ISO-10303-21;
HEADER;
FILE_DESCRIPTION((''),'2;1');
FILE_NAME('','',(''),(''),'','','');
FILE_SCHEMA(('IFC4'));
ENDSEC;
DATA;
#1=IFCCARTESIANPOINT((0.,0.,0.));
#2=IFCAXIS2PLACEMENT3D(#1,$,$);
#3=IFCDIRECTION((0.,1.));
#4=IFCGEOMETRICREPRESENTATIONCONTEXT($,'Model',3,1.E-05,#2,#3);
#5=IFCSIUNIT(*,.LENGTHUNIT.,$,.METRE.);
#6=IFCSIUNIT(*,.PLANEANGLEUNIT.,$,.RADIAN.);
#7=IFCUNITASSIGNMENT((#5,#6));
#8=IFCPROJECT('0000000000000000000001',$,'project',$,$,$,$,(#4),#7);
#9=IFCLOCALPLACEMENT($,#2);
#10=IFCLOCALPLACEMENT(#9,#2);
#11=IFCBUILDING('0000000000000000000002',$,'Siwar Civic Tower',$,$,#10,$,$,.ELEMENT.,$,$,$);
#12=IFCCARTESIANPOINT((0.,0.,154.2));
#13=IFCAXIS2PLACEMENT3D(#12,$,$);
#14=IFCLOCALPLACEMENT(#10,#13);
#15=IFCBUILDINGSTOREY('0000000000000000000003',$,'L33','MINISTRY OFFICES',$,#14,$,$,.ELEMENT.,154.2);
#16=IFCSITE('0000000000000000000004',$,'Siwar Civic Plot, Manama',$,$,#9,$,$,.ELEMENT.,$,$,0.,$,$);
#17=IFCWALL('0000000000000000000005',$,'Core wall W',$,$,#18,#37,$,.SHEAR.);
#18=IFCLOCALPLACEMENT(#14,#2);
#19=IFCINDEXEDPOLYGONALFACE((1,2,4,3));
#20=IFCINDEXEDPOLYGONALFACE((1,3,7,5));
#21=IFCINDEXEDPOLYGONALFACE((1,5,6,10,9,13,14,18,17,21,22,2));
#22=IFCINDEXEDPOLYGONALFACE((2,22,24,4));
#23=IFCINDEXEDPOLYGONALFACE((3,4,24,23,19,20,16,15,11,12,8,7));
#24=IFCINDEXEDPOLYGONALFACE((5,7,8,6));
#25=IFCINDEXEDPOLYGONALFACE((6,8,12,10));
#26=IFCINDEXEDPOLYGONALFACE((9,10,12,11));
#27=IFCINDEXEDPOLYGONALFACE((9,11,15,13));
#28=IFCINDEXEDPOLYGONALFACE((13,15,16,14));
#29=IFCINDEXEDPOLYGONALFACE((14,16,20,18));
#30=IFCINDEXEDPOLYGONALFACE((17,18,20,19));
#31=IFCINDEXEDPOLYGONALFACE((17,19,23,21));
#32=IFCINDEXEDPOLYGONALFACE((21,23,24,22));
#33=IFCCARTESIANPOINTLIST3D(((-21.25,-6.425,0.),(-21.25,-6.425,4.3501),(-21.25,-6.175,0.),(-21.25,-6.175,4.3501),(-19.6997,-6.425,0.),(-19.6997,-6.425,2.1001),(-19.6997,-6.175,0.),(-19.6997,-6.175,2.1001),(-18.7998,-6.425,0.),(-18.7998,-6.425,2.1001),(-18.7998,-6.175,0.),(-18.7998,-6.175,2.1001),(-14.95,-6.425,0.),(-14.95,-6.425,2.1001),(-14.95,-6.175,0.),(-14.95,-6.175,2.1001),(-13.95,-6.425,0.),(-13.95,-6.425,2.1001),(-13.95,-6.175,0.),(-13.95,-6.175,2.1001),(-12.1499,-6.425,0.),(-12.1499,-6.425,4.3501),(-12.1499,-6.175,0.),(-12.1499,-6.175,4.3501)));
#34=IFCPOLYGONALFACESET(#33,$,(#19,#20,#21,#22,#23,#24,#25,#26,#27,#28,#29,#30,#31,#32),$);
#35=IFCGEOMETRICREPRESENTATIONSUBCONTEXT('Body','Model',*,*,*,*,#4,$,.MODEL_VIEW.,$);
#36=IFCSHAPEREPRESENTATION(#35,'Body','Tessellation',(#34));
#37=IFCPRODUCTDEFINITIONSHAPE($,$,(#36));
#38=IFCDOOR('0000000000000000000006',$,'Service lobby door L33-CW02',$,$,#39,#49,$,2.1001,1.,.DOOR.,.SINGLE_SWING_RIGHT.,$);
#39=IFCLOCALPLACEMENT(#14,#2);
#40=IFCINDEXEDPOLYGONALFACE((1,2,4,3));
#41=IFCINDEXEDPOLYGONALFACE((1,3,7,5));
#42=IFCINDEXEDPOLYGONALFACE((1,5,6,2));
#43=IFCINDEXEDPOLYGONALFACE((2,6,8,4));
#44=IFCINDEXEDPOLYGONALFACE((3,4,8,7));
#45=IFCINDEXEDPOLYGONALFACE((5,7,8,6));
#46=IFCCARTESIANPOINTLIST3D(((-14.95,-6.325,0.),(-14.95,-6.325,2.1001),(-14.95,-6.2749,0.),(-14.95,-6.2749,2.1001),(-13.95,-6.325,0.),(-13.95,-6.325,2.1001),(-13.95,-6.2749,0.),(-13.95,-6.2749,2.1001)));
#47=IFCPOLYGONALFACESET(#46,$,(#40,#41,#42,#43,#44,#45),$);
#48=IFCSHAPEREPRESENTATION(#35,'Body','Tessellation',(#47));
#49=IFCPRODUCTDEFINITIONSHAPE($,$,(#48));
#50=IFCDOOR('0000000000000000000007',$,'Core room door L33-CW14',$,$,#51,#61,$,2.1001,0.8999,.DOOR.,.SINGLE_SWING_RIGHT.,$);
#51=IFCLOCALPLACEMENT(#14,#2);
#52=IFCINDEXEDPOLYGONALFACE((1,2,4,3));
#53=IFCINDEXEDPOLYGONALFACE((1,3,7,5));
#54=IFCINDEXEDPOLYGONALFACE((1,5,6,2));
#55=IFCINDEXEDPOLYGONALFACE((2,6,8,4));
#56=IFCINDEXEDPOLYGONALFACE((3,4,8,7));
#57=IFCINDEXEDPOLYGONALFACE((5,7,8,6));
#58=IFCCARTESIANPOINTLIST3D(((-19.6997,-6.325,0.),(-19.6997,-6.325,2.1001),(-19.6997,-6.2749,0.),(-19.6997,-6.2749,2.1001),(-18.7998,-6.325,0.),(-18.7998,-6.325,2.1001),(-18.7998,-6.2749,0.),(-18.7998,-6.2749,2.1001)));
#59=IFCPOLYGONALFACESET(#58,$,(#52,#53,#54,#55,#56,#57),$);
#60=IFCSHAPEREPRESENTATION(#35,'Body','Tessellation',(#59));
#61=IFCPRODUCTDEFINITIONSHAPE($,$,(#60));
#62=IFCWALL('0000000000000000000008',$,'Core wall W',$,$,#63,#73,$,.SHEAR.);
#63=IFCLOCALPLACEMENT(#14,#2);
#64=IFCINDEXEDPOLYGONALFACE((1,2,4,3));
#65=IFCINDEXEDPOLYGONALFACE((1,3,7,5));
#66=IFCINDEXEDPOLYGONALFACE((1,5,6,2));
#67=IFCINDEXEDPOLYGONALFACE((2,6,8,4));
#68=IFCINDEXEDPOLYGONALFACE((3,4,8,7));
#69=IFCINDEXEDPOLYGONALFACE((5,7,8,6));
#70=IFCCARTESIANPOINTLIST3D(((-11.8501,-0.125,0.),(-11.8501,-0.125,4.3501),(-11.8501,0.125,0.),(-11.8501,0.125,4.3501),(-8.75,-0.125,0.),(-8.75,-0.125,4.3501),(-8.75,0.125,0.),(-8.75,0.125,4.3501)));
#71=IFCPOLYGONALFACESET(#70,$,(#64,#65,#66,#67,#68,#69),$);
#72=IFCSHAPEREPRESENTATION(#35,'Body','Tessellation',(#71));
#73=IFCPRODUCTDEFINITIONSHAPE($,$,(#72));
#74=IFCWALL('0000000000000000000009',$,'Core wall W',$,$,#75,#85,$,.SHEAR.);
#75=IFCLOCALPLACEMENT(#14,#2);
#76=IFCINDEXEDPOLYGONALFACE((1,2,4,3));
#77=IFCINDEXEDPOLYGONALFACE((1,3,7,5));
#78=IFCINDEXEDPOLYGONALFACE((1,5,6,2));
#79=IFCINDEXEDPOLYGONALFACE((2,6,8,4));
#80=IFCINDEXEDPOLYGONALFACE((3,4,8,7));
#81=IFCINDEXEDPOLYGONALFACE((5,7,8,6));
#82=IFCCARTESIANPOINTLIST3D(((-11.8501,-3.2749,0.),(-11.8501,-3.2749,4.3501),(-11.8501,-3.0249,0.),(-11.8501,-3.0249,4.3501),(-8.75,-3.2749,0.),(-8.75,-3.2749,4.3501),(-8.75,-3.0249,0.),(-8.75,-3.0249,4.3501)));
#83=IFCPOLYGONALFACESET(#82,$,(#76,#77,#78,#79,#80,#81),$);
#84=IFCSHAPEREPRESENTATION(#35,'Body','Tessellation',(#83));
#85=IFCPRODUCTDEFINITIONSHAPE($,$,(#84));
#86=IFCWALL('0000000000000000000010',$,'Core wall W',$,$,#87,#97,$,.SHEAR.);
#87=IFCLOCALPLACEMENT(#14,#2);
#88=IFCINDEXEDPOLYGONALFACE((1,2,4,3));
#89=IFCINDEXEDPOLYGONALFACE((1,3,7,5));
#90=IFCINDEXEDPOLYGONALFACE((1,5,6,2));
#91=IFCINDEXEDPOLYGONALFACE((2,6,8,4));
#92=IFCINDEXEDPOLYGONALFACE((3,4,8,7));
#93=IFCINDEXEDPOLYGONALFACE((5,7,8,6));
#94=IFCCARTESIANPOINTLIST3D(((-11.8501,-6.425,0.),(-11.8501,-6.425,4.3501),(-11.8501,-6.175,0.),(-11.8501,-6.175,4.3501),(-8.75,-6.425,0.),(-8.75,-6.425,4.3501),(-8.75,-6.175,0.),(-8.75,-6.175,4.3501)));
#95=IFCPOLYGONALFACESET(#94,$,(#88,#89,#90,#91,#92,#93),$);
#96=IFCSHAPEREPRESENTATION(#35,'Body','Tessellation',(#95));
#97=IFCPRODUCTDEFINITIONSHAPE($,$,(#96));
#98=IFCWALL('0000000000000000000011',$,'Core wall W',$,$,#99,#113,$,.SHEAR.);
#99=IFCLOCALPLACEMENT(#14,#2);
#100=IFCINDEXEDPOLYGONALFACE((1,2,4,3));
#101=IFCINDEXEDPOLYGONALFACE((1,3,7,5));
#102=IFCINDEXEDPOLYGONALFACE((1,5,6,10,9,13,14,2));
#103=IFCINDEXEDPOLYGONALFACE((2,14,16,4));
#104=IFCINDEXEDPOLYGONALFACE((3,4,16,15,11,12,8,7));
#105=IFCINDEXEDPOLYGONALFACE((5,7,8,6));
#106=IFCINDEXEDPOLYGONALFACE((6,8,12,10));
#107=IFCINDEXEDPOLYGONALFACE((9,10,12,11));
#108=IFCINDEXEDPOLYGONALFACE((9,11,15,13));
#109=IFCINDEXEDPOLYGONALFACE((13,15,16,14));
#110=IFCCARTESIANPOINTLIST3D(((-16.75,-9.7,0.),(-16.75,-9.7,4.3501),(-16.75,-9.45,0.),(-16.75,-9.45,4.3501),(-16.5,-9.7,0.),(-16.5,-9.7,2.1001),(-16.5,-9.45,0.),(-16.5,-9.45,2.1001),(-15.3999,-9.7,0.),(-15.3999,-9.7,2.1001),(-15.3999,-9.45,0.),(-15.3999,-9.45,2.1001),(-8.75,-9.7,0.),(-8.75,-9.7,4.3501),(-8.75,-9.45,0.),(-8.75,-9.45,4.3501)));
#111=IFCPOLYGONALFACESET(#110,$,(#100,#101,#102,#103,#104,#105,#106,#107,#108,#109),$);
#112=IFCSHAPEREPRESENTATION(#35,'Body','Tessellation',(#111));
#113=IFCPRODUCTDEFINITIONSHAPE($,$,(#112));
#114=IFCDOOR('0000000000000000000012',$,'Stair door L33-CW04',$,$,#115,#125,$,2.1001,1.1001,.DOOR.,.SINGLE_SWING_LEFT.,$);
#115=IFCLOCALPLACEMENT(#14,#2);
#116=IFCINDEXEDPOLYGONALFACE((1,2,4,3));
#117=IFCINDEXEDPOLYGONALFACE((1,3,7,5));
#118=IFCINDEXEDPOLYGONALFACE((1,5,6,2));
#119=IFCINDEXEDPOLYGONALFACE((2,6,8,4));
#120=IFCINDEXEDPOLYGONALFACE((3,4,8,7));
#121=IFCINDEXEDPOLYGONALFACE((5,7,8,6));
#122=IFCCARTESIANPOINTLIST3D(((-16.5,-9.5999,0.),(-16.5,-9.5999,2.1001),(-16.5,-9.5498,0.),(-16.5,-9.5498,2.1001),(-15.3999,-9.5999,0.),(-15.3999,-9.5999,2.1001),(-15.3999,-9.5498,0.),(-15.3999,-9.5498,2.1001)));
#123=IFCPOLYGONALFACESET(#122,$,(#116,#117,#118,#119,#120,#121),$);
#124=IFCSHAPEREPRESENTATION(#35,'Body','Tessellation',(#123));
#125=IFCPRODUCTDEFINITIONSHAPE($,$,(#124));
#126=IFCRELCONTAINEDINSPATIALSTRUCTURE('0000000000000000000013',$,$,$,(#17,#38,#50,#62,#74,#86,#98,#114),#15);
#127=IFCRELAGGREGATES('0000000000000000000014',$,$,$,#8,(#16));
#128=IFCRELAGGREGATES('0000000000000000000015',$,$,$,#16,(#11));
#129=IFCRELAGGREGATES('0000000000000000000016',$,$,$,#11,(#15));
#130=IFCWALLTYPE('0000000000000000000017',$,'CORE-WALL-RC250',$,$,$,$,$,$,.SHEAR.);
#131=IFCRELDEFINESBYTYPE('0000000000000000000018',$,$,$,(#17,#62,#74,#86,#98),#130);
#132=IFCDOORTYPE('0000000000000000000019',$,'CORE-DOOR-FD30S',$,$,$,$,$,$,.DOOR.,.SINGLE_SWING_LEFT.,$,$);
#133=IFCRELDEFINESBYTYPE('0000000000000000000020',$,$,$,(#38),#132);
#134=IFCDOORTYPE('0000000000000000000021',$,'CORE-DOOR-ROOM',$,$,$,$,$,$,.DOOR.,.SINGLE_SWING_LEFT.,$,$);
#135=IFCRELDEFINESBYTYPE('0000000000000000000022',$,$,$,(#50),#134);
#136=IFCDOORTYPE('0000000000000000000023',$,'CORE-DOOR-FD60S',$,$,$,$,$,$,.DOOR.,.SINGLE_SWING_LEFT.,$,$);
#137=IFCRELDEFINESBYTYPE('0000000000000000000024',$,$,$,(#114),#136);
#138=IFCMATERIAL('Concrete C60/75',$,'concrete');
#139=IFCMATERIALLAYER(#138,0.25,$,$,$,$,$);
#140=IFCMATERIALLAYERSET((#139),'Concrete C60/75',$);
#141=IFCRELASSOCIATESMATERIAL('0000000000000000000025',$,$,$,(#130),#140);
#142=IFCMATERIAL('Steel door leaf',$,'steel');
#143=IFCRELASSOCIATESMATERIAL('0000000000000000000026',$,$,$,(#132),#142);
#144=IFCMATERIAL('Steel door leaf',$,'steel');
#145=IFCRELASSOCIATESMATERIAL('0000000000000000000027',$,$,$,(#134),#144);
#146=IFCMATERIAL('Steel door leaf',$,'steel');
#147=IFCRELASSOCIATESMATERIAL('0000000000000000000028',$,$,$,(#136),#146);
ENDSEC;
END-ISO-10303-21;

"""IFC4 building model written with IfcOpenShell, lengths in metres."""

from ifc_helpers import new_model, si_unit, direction, frame, frame_2d, origin, place, context, subcontext, project, spatial, rectangle, extrude, material, layer, layer_set, type_object, element, fill, save


model = new_model("IFC4")

# Units and contexts
model_context = context("Model", 3, precision=1e-05, world=origin(), true_north=direction((0.0, 1.0)))
body_context = subcontext(model_context, "Body", "Model", "MODEL_VIEW")
ifc_project = project(units=[si_unit("LENGTHUNIT", "METRE"), si_unit("PLANEANGLEUNIT", "RADIAN")], contexts=[model_context])

# Site, building, storey
site_placement = place(None, origin())
site = spatial("IfcSite", under=ifc_project, at=site_placement, Name="Siwar Civic Plot, Manama", CompositionType="ELEMENT", RefElevation=0.0)
building_placement = place(site_placement, origin())
building = spatial("IfcBuilding", under=site, at=building_placement, Name="Siwar Civic Tower", CompositionType="ELEMENT")
storey_placement = place(building_placement, frame((0.0, 0.0, 154.2)))
storey = spatial("IfcBuildingStorey", under=building, at=storey_placement, Name="L33", Description="MINISTRY OFFICES", CompositionType="ELEMENT", Elevation=154.2)

# Wall, openings, doors
ifc_material_1 = material(Name="Concrete C60/75", Category="concrete")
ifc_layer_1 = layer(ifc_material_1, 0.25)
ifc_layer_set_1 = layer_set([ifc_layer_1], Name="Concrete C60/75")
wall_type_1 = type_object("IfcWallType", Name="CORE-WALL-RC250", PredefinedType="SHEAR", material=ifc_layer_set_1)
wall_1_placement = place(storey_placement, frame((-12.1499, -6.3, 0.0), z_axis=(0.0, 0.0, 1.0), x_axis=(-1.0, 0.0, 0.0)))
wall_1 = element("IfcWall", 1, at=wall_1_placement, inside=storey, type_object=wall_type_1, Name="Core wall W", PredefinedType="SHEAR", context=body_context, shape_type="SweptSolid", body=[
    extrude(rectangle(XDim=9.1001, YDim=0.25, at=frame_2d((4.55, 0.0))), origin(), (0.0, 0.0, 1.0), 4.3501),
])
opening_1_placement = place(wall_1_placement, frame((1.8, 0.0, 0.0)))
opening_1 = element("IfcOpeningElement", 2, at=opening_1_placement, cuts=wall_1, PredefinedType="OPENING", context=body_context, shape_type="SweptSolid", body=[
    extrude(rectangle(XDim=1.0, YDim=2.1001, at=frame_2d((0.5, 1.05))), frame((0.0, 0.135, 0.0), z_axis=(0.0, -1.0, 0.0), x_axis=(1.0, 0.0, 0.0)), (0.0, 0.0, 1.0), 0.27),
])
opening_2_placement = place(wall_1_placement, frame((6.6499, 0.0, 0.0)))
opening_2 = element("IfcOpeningElement", 3, at=opening_2_placement, cuts=wall_1, PredefinedType="OPENING", context=body_context, shape_type="SweptSolid", body=[
    extrude(rectangle(XDim=0.8999, YDim=2.1001, at=frame_2d((0.45, 1.05))), frame((0.0, 0.135, 0.0), z_axis=(0.0, -1.0, 0.0), x_axis=(1.0, 0.0, 0.0)), (0.0, 0.0, 1.0), 0.27),
])
ifc_material_2 = material(Name="Steel door leaf", Category="steel")
door_type_1 = type_object("IfcDoorType", Name="CORE-DOOR-FD30S", OperationType="SINGLE_SWING_LEFT", PredefinedType="DOOR", material=ifc_material_2)
door_1_placement = place(opening_1_placement, origin())
door_1 = element("IfcDoor", 4, at=door_1_placement, inside=storey, type_object=door_type_1, Name="Service lobby door L33-CW02", OperationType="SINGLE_SWING_RIGHT", OverallHeight=2.1001, OverallWidth=1.0, PredefinedType="DOOR", context=body_context, shape_type="SweptSolid", body=[
    extrude(rectangle(XDim=1.0, YDim=2.1001, at=frame_2d((0.5, 1.05))), frame((0.0, 0.0249, 0.0), z_axis=(0.0, -1.0, 0.0), x_axis=(1.0, 0.0, 0.0)), (0.0, 0.0, 1.0), 0.05),
])
fill(opening_1, door_1)
ifc_material_3 = material(Name="Steel door leaf", Category="steel")
door_type_2 = type_object("IfcDoorType", Name="CORE-DOOR-ROOM", OperationType="SINGLE_SWING_LEFT", PredefinedType="DOOR", material=ifc_material_3)
door_2_placement = place(opening_2_placement, origin())
door_2 = element("IfcDoor", 5, at=door_2_placement, inside=storey, type_object=door_type_2, Name="Core room door L33-CW14", OperationType="SINGLE_SWING_RIGHT", OverallHeight=2.1001, OverallWidth=0.8999, PredefinedType="DOOR", context=body_context, shape_type="SweptSolid", body=[
    extrude(rectangle(XDim=0.8999, YDim=2.1001, at=frame_2d((0.45, 1.05))), frame((0.0, 0.0249, 0.0), z_axis=(0.0, -1.0, 0.0), x_axis=(1.0, 0.0, 0.0)), (0.0, 0.0, 1.0), 0.05),
])
fill(opening_2, door_2)

# Walls
for number, where, z_axis, x_axis, name in (
    (6, (-8.75, 0.0, 0.0), (0.0, 0.0, 1.0), (-1.0, 0.0, 0.0), "Core wall W"),
    (7, (-8.75, -3.1499, 0.0), (0.0, 0.0, 1.0), (-1.0, 0.0, 0.0), "Core wall W"),
    (8, (-8.75, -6.3, 0.0), (0.0, 0.0, 1.0), (-1.0, 0.0, 0.0), "Core wall W"),
):
    element("IfcWall", number, at=place(storey_placement, frame(where, z_axis=z_axis, x_axis=x_axis)), inside=storey, type_object=wall_type_1, Name=name, PredefinedType="SHEAR", context=body_context, shape_type="SweptSolid", body=[
        extrude(rectangle(XDim=3.1001, YDim=0.25, at=frame_2d((1.55, 0.0))), origin(), (0.0, 0.0, 1.0), 4.3501),
    ])

# Wall, opening, door
wall_2_placement = place(storey_placement, frame((-8.75, -9.575, 0.0), z_axis=(0.0, 0.0, 1.0), x_axis=(-1.0, 0.0, 0.0)))
wall_2 = element("IfcWall", 9, at=wall_2_placement, inside=storey, type_object=wall_type_1, Name="Core wall W", PredefinedType="SHEAR", context=body_context, shape_type="SweptSolid", body=[
    extrude(rectangle(XDim=8.0, YDim=0.25, at=frame_2d((4.0, 0.0))), origin(), (0.0, 0.0, 1.0), 4.3501),
])
opening_3_placement = place(wall_2_placement, frame((6.6499, 0.0, 0.0)))
opening_3 = element("IfcOpeningElement", 10, at=opening_3_placement, cuts=wall_2, PredefinedType="OPENING", context=body_context, shape_type="SweptSolid", body=[
    extrude(rectangle(XDim=1.1001, YDim=2.1001, at=frame_2d((0.55, 1.05))), frame((0.0, 0.135, 0.0), z_axis=(0.0, -1.0, 0.0), x_axis=(1.0, 0.0, 0.0)), (0.0, 0.0, 1.0), 0.27),
])
ifc_material_4 = material(Name="Steel door leaf", Category="steel")
door_type_3 = type_object("IfcDoorType", Name="CORE-DOOR-FD60S", OperationType="SINGLE_SWING_LEFT", PredefinedType="DOOR", material=ifc_material_4)
door_3_placement = place(opening_3_placement, origin())
door_3 = element("IfcDoor", 11, at=door_3_placement, inside=storey, type_object=door_type_3, Name="Stair door L33-CW04", OperationType="SINGLE_SWING_LEFT", OverallHeight=2.1001, OverallWidth=1.1001, PredefinedType="DOOR", context=body_context, shape_type="SweptSolid", body=[
    extrude(rectangle(XDim=1.1001, YDim=2.1001, at=frame_2d((0.55, 1.05))), frame((0.0, 0.0249, 0.0), z_axis=(0.0, -1.0, 0.0), x_axis=(1.0, 0.0, 0.0)), (0.0, 0.0, 1.0), 0.05),
])
fill(opening_3, door_3)

save(model, "model.ifc")
